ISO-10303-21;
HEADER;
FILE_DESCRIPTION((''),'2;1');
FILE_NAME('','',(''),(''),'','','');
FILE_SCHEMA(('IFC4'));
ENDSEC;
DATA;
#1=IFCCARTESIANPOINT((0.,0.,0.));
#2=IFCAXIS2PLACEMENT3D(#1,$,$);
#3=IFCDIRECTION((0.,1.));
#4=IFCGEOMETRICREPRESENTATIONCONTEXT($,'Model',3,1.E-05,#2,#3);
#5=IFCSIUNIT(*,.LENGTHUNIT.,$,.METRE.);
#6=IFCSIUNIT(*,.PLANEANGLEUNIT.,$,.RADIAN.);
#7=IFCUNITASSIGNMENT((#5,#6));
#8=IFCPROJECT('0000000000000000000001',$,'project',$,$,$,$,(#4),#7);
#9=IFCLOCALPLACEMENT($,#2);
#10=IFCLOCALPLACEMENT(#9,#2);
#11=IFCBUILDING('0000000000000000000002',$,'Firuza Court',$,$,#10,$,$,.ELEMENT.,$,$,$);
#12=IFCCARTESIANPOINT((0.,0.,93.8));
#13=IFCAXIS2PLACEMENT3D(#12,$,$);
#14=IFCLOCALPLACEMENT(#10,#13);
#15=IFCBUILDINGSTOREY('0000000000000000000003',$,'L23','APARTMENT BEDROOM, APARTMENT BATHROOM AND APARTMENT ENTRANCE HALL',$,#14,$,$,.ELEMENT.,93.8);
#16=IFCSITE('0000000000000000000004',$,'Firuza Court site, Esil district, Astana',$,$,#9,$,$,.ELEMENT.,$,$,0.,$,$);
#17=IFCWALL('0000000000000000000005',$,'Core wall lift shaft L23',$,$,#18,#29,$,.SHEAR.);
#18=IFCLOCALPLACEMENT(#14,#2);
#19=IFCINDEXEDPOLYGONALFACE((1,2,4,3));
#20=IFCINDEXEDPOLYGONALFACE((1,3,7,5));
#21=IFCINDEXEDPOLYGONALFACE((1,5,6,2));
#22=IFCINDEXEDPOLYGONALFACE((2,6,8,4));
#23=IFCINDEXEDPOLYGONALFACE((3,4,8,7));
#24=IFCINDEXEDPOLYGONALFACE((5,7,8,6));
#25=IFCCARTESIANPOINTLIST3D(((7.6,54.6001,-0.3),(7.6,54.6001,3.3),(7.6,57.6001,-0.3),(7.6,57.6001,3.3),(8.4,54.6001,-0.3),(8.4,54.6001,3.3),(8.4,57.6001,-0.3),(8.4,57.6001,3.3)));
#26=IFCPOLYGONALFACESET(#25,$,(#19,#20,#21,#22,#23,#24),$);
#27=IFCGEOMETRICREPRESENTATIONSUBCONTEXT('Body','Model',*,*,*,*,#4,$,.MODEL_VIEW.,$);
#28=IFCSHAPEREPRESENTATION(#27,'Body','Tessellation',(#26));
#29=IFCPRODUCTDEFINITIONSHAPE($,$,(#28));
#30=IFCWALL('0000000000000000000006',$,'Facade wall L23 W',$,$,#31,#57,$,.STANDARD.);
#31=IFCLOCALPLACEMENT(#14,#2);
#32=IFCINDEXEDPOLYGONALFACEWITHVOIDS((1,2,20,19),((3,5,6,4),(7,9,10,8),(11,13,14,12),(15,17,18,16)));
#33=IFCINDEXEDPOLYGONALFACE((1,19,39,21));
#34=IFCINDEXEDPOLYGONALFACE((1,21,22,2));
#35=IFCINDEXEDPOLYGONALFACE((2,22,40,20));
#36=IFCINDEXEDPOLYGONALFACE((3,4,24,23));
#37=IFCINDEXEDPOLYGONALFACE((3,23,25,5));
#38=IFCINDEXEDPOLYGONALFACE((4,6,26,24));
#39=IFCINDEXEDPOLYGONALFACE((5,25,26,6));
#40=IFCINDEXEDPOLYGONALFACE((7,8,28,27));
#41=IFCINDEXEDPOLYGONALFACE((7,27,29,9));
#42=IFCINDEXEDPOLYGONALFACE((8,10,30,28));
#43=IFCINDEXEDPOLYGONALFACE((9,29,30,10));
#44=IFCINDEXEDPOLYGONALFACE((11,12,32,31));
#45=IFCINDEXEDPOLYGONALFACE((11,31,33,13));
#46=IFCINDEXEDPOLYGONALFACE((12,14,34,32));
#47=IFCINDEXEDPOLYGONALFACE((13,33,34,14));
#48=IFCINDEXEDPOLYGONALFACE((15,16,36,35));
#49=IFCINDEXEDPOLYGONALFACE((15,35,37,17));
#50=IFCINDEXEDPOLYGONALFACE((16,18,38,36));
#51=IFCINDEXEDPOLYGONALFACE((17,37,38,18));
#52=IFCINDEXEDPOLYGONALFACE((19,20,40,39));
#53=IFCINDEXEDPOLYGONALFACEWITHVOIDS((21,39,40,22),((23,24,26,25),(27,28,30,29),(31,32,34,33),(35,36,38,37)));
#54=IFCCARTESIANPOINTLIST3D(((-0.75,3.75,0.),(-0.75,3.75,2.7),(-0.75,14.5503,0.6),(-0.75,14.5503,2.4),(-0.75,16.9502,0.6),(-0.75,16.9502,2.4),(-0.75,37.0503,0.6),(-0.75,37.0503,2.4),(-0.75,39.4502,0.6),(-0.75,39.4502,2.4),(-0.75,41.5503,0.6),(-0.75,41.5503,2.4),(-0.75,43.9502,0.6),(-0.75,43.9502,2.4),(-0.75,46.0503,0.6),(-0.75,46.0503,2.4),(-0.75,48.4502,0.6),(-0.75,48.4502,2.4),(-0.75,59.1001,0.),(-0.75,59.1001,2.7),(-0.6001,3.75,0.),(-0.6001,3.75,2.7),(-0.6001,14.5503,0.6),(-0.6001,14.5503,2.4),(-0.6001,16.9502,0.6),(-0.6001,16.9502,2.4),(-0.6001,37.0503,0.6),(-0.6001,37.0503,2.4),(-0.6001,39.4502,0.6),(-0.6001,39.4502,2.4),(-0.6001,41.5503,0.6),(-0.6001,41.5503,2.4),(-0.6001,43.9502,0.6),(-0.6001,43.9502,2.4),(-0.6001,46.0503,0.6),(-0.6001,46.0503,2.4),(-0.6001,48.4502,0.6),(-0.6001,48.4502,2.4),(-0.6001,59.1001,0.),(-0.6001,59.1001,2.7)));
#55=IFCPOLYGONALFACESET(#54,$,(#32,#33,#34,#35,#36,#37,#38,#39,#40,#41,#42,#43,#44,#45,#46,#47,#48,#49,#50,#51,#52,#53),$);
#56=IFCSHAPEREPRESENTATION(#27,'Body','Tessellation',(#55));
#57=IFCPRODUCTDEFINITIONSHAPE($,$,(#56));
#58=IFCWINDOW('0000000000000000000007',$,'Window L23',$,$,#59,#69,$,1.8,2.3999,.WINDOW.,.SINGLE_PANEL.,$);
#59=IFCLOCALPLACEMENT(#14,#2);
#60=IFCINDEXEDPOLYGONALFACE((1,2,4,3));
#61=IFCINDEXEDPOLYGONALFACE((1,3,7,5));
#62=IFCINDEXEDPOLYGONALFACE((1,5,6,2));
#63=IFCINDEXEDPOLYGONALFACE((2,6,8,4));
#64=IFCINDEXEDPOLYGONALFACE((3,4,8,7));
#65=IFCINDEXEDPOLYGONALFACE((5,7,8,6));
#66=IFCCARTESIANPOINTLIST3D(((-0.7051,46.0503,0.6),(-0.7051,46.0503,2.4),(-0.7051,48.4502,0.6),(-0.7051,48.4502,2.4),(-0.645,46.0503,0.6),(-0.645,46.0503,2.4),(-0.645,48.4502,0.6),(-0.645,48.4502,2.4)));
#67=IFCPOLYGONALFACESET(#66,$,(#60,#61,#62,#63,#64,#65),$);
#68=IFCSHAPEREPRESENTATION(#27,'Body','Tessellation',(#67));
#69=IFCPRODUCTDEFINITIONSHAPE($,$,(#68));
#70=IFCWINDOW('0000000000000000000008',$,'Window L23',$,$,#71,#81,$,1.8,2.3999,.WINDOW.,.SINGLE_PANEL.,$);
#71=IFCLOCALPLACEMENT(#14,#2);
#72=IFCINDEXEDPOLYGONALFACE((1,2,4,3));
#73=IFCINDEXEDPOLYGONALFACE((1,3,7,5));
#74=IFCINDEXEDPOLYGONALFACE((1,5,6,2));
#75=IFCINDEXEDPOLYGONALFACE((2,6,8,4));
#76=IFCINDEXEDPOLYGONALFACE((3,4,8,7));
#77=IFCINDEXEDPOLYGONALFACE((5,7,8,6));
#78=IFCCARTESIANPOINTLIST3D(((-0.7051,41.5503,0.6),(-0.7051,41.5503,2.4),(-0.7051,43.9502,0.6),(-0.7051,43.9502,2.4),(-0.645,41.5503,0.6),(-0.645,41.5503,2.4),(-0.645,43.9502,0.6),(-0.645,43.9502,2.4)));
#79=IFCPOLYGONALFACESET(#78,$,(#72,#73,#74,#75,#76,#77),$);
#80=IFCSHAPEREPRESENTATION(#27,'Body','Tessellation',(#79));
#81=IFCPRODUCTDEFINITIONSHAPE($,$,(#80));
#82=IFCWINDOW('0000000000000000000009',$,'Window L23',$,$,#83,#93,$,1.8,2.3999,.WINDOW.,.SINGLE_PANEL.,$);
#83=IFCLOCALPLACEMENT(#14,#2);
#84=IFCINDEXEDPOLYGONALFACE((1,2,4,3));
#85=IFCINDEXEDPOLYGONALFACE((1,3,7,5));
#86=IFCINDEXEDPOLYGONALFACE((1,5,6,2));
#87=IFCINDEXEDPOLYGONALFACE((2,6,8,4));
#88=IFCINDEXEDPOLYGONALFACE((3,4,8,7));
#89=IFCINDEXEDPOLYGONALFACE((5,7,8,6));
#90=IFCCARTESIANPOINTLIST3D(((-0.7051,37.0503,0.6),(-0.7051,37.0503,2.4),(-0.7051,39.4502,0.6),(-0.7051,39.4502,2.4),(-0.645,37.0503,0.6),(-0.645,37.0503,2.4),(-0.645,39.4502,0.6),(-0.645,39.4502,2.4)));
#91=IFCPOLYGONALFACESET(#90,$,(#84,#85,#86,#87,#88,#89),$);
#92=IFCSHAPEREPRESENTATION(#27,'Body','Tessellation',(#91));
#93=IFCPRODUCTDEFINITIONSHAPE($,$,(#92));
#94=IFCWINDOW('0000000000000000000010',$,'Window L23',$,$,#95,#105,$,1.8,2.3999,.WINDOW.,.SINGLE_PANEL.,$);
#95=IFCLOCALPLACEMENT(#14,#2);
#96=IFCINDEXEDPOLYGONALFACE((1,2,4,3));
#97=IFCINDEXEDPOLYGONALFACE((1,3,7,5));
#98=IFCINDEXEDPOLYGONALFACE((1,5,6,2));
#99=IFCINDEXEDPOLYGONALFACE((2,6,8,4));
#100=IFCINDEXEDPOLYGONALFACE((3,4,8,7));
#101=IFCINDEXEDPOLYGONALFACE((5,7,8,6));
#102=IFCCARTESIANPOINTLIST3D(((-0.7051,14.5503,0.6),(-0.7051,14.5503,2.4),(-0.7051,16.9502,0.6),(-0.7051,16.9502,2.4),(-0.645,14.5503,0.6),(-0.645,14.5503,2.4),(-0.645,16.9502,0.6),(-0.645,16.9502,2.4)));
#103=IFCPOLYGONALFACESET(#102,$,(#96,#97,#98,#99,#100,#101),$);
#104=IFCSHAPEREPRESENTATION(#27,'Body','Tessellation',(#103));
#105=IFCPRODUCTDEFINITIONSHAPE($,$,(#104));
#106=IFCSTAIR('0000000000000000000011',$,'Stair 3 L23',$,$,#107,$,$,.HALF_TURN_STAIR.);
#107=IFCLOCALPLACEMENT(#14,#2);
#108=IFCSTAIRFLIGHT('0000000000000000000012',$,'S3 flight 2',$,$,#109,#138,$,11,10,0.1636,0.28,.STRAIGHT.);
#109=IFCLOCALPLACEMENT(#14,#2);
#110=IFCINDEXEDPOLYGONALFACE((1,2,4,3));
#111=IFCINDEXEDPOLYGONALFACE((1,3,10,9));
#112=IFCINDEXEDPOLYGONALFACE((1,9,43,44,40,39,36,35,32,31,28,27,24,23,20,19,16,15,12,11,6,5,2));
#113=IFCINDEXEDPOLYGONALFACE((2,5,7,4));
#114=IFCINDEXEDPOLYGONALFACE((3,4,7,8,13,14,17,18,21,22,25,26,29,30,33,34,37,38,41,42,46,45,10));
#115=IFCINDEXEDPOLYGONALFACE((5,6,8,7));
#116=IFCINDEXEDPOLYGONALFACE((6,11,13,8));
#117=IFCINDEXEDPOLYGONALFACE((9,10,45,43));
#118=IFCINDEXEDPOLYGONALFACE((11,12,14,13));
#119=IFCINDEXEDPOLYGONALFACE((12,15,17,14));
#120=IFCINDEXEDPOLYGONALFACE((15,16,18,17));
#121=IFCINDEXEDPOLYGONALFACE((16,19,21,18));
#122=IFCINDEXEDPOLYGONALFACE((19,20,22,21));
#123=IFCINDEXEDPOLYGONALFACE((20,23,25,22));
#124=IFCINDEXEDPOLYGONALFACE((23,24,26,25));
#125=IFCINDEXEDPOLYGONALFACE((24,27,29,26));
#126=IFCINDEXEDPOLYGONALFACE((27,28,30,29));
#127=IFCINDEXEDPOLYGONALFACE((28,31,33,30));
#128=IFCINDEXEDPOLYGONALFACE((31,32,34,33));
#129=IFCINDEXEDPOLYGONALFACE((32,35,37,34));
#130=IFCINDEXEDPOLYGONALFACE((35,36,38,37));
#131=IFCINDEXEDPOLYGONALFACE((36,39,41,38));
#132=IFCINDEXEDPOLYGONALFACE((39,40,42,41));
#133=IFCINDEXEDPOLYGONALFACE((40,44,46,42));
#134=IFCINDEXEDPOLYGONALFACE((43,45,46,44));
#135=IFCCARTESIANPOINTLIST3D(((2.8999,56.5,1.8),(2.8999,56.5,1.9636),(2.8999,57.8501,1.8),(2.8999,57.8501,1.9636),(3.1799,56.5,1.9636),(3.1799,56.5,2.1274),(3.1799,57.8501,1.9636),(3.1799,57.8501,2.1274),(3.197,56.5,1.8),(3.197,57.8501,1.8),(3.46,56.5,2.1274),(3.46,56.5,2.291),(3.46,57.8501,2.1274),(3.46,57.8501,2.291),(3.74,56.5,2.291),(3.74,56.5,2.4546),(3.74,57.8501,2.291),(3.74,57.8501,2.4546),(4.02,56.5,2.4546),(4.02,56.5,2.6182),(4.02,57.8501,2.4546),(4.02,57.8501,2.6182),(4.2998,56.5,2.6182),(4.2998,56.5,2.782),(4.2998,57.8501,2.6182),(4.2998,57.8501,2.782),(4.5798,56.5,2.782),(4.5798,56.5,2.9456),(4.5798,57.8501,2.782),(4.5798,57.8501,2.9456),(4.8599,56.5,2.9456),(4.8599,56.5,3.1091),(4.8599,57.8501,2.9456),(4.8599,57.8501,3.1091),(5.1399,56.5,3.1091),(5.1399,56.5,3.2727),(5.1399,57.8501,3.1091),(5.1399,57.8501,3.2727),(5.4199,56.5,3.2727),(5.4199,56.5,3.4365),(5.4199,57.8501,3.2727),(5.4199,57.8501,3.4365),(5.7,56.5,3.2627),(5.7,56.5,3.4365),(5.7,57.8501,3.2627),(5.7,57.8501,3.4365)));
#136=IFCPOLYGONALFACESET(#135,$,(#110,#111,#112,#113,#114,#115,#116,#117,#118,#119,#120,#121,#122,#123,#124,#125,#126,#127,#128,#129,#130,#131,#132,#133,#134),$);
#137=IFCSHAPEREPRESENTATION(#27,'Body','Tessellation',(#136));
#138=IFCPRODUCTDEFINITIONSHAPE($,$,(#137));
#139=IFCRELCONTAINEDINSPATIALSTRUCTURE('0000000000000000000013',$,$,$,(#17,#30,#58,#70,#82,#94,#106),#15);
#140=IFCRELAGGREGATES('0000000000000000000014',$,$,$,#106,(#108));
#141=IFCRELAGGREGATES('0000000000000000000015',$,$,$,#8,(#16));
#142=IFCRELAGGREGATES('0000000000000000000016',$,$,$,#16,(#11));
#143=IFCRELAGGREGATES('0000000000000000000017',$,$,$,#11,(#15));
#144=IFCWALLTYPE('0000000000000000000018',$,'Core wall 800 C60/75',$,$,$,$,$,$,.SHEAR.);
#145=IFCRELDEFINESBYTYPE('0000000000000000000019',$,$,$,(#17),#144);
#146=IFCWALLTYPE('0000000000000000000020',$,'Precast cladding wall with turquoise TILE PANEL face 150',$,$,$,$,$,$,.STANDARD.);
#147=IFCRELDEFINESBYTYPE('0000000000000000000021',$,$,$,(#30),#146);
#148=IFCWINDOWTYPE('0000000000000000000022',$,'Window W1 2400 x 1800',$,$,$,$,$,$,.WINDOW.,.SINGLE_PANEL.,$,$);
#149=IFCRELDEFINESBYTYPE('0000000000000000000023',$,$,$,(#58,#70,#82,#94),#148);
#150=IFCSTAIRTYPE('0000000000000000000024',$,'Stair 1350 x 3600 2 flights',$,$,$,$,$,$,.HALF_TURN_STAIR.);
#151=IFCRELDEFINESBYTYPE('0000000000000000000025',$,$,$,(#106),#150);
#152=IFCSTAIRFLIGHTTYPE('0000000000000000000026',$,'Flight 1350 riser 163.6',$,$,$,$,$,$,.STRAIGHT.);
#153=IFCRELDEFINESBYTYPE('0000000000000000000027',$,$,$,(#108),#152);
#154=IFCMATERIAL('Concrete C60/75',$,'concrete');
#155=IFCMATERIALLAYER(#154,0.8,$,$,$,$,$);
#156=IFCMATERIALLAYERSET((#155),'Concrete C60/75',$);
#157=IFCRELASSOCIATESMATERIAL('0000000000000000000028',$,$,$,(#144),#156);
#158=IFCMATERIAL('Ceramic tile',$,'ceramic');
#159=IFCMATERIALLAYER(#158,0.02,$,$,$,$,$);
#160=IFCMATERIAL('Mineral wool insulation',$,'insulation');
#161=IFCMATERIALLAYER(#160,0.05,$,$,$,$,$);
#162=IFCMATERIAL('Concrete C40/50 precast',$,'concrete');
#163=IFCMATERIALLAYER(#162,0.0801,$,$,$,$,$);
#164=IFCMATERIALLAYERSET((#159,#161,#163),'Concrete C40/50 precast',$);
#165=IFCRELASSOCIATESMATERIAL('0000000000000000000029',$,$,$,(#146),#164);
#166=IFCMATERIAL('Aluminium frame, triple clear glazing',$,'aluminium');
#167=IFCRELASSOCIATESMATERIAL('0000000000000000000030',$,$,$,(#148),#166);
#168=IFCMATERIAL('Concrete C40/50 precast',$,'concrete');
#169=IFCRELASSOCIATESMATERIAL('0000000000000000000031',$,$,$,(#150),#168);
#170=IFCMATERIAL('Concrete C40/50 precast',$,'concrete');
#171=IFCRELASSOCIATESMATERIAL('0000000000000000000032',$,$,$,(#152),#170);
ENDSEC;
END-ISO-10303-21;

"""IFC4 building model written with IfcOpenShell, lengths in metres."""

from ifc_helpers import new_model, si_unit, direction, frame, frame_2d, origin, place, context, subcontext, project, spatial, polyline, rectangle, outline, extrude, material, layer, layer_set, type_object, element, fill, aggregate, save


model = new_model("IFC4")

# Units and contexts
model_context = context("Model", 3, precision=1e-05, world=origin(), true_north=direction((0.0, 1.0)))
body_context = subcontext(model_context, "Body", "Model", "MODEL_VIEW")
ifc_project = project(units=[si_unit("LENGTHUNIT", "METRE"), si_unit("PLANEANGLEUNIT", "RADIAN")], contexts=[model_context])

# Site, building, storey
site_placement = place(None, origin())
site = spatial("IfcSite", under=ifc_project, at=site_placement, Name="Firuza Court site, Esil district, Astana", CompositionType="ELEMENT", RefElevation=0.0)
building_placement = place(site_placement, origin())
building = spatial("IfcBuilding", under=site, at=building_placement, Name="Firuza Court", CompositionType="ELEMENT")
storey_placement = place(building_placement, frame((0.0, 0.0, 93.8)))
storey = spatial("IfcBuildingStorey", under=building, at=storey_placement, Name="L23", Description="APARTMENT BEDROOM, APARTMENT BATHROOM AND APARTMENT ENTRANCE HALL", CompositionType="ELEMENT", Elevation=93.8)

# Wall
ifc_material_1 = material(Name="Concrete C60/75", Category="concrete")
ifc_layer_1 = layer(ifc_material_1, 0.8)
ifc_layer_set_1 = layer_set([ifc_layer_1], Name="Concrete C60/75")
wall_type_1 = type_object("IfcWallType", Name="Core wall 800 C60/75", PredefinedType="SHEAR", material=ifc_layer_set_1)
wall_1_placement = place(storey_placement, frame((8.0, 54.6001, -0.3), z_axis=(0.0, 0.0, 1.0), x_axis=(0.0, 1.0, 0.0)))
element("IfcWall", 1, at=wall_1_placement, inside=storey, type_object=wall_type_1, Name="Core wall lift shaft L23", PredefinedType="SHEAR", context=body_context, shape_type="SweptSolid", body=[
    extrude(rectangle(XDim=3.0, YDim=0.8, at=frame_2d((1.5, 0.0))), origin(), (0.0, 0.0, 1.0), 3.6001),
])

# Wall, openings, windows
ifc_material_2 = material(Name="Ceramic tile", Category="ceramic")
ifc_layer_2 = layer(ifc_material_2, 0.02)
ifc_material_3 = material(Name="Mineral wool insulation", Category="insulation")
ifc_layer_3 = layer(ifc_material_3, 0.05)
ifc_material_4 = material(Name="Concrete C40/50 precast", Category="concrete")
ifc_layer_4 = layer(ifc_material_4, 0.0801)
ifc_layer_set_2 = layer_set([ifc_layer_2, ifc_layer_3, ifc_layer_4], Name="Concrete C40/50 precast")
wall_type_2 = type_object("IfcWallType", Name="Precast cladding wall with turquoise TILE PANEL face 150", PredefinedType="STANDARD", material=ifc_layer_set_2)
wall_2_placement = place(storey_placement, frame((-0.675, 59.1001, 0.0), z_axis=(0.0, 0.0, 1.0), x_axis=(0.0, -1.0, 0.0)))
wall_2 = element("IfcWall", 2, at=wall_2_placement, inside=storey, type_object=wall_type_2, Name="Facade wall L23 W", PredefinedType="STANDARD", context=body_context, shape_type="SweptSolid", body=[
    extrude(rectangle(XDim=55.3501, YDim=0.1499, at=frame_2d((27.675, 0.0))), origin(), (0.0, 0.0, 1.0), 2.7),
])
opening_1_placement = place(wall_2_placement, frame((10.6499, 0.0, 0.6001)))
opening_1 = element("IfcOpeningElement", 3, at=opening_1_placement, cuts=wall_2, PredefinedType="OPENING", context=body_context, shape_type="SweptSolid", body=[
    extrude(rectangle(XDim=2.3999, YDim=1.8, at=frame_2d((1.2, 0.8999))), frame((0.0, 0.0869, 0.0), z_axis=(0.0, -1.0, 0.0), x_axis=(1.0, 0.0, 0.0)), (0.0, 0.0, 1.0), 0.1738),
])
opening_2_placement = place(wall_2_placement, frame((15.1499, 0.0, 0.6001)))
opening_2 = element("IfcOpeningElement", 4, at=opening_2_placement, cuts=wall_2, PredefinedType="OPENING", context=body_context, shape_type="SweptSolid", body=[
    extrude(rectangle(XDim=2.3999, YDim=1.8, at=frame_2d((1.2, 0.8999))), frame((0.0, 0.0869, 0.0), z_axis=(0.0, -1.0, 0.0), x_axis=(1.0, 0.0, 0.0)), (0.0, 0.0, 1.0), 0.1738),
])
opening_3_placement = place(wall_2_placement, frame((19.6499, 0.0, 0.6001)))
opening_3 = element("IfcOpeningElement", 5, at=opening_3_placement, cuts=wall_2, PredefinedType="OPENING", context=body_context, shape_type="SweptSolid", body=[
    extrude(rectangle(XDim=2.3999, YDim=1.8, at=frame_2d((1.2, 0.8999))), frame((0.0, 0.0869, 0.0), z_axis=(0.0, -1.0, 0.0), x_axis=(1.0, 0.0, 0.0)), (0.0, 0.0, 1.0), 0.1738),
])
opening_4_placement = place(wall_2_placement, frame((42.1499, 0.0, 0.6001)))
opening_4 = element("IfcOpeningElement", 6, at=opening_4_placement, cuts=wall_2, PredefinedType="OPENING", context=body_context, shape_type="SweptSolid", body=[
    extrude(rectangle(XDim=2.3999, YDim=1.8, at=frame_2d((1.2, 0.8999))), frame((0.0, 0.0869, 0.0), z_axis=(0.0, -1.0, 0.0), x_axis=(1.0, 0.0, 0.0)), (0.0, 0.0, 1.0), 0.1738),
])
ifc_material_5 = material(Name="Aluminium frame, triple clear glazing", Category="aluminium")
window_type = type_object("IfcWindowType", Name="Window W1 2400 x 1800", PartitioningType="SINGLE_PANEL", PredefinedType="WINDOW", material=ifc_material_5)
window_1_placement = place(opening_1_placement, origin())
window_1 = element("IfcWindow", 7, at=window_1_placement, inside=storey, type_object=window_type, Name="Window L23", OverallHeight=1.8, OverallWidth=2.3999, PartitioningType="SINGLE_PANEL", PredefinedType="WINDOW", context=body_context, shape_type="SweptSolid", body=[
    extrude(rectangle(XDim=2.3999, YDim=1.8, at=frame_2d((1.2, 0.8999))), frame((0.0, 0.03, 0.0), z_axis=(0.0, -1.0, 0.0), x_axis=(1.0, 0.0, 0.0)), (0.0, 0.0, 1.0), 0.0601),
])
fill(opening_1, window_1)
window_2_placement = place(opening_2_placement, origin())
window_2 = element("IfcWindow", 8, at=window_2_placement, inside=storey, type_object=window_type, Name="Window L23", OverallHeight=1.8, OverallWidth=2.3999, PartitioningType="SINGLE_PANEL", PredefinedType="WINDOW", context=body_context, shape_type="SweptSolid", body=[
    extrude(rectangle(XDim=2.3999, YDim=1.8, at=frame_2d((1.2, 0.8999))), frame((0.0, 0.03, 0.0), z_axis=(0.0, -1.0, 0.0), x_axis=(1.0, 0.0, 0.0)), (0.0, 0.0, 1.0), 0.0601),
])
fill(opening_2, window_2)
window_3_placement = place(opening_3_placement, origin())
window_3 = element("IfcWindow", 9, at=window_3_placement, inside=storey, type_object=window_type, Name="Window L23", OverallHeight=1.8, OverallWidth=2.3999, PartitioningType="SINGLE_PANEL", PredefinedType="WINDOW", context=body_context, shape_type="SweptSolid", body=[
    extrude(rectangle(XDim=2.3999, YDim=1.8, at=frame_2d((1.2, 0.8999))), frame((0.0, 0.03, 0.0), z_axis=(0.0, -1.0, 0.0), x_axis=(1.0, 0.0, 0.0)), (0.0, 0.0, 1.0), 0.0601),
])
fill(opening_3, window_3)
window_4_placement = place(opening_4_placement, origin())
window_4 = element("IfcWindow", 10, at=window_4_placement, inside=storey, type_object=window_type, Name="Window L23", OverallHeight=1.8, OverallWidth=2.3999, PartitioningType="SINGLE_PANEL", PredefinedType="WINDOW", context=body_context, shape_type="SweptSolid", body=[
    extrude(rectangle(XDim=2.3999, YDim=1.8, at=frame_2d((1.2, 0.8999))), frame((0.0, 0.03, 0.0), z_axis=(0.0, -1.0, 0.0), x_axis=(1.0, 0.0, 0.0)), (0.0, 0.0, 1.0), 0.0601),
])
fill(opening_4, window_4)

# Stair, stair flight
ifc_material_6 = material(Name="Concrete C40/50 precast", Category="concrete")
stair_type = type_object("IfcStairType", Name="Stair 1350 x 3600 2 flights", PredefinedType="HALF_TURN_STAIR", material=ifc_material_6)
stair_placement = place(storey_placement, origin())
stair = element("IfcStair", 11, at=stair_placement, inside=storey, type_object=stair_type, Name="Stair 3 L23", PredefinedType="HALF_TURN_STAIR")
ifc_material_7 = material(Name="Concrete C40/50 precast", Category="concrete")
stair_flight_type = type_object("IfcStairFlightType", Name="Flight 1350 riser 163.6", PredefinedType="STRAIGHT", material=ifc_material_7)
stair_flight_placement = place(storey_placement, frame((2.8999, 57.175, 1.8), z_axis=(0.0, 0.0, 1.0), x_axis=(1.0, 0.0, 0.0)))
stair_flight = element("IfcStairFlight", 12, at=stair_flight_placement, type_object=stair_flight_type, Name="S3 flight 2", NumberOfRisers=11, NumberOfTreads=10, PredefinedType="STRAIGHT", RiserHeight=0.1636, TreadLength=0.28, context=body_context, shape_type="SweptSolid", body=[
    extrude(outline(polyline([(0.0, 0.0), (0.0, 0.1636), (0.28, 0.1636), (0.28, 0.3274), (0.5601, 0.3274), (0.5601, 0.491), (0.8401, 0.491), (0.8401, 0.6545), (1.1201, 0.6545), (1.1201, 0.8181), (1.3999, 0.8181), (1.3999, 0.9819), (1.6799, 0.9819), (1.6799, 1.1455), (1.96, 1.1455), (1.96, 1.3091), (2.24, 1.3091), (2.24, 1.4727), (2.52, 1.4727), (2.52, 1.6365), (2.8, 1.6365), (2.8, 1.8), (2.8, 1.4626), (0.2971, 0.0), (0.0, 0.0)])), frame((0.0, 0.675, 0.0), z_axis=(0.0, -1.0, 0.0), x_axis=(1.0, 0.0, 0.0)), (0.0, 0.0, 1.0), 1.3501),
])
aggregate(stair, [stair_flight])

save(model, "model.ifc")
